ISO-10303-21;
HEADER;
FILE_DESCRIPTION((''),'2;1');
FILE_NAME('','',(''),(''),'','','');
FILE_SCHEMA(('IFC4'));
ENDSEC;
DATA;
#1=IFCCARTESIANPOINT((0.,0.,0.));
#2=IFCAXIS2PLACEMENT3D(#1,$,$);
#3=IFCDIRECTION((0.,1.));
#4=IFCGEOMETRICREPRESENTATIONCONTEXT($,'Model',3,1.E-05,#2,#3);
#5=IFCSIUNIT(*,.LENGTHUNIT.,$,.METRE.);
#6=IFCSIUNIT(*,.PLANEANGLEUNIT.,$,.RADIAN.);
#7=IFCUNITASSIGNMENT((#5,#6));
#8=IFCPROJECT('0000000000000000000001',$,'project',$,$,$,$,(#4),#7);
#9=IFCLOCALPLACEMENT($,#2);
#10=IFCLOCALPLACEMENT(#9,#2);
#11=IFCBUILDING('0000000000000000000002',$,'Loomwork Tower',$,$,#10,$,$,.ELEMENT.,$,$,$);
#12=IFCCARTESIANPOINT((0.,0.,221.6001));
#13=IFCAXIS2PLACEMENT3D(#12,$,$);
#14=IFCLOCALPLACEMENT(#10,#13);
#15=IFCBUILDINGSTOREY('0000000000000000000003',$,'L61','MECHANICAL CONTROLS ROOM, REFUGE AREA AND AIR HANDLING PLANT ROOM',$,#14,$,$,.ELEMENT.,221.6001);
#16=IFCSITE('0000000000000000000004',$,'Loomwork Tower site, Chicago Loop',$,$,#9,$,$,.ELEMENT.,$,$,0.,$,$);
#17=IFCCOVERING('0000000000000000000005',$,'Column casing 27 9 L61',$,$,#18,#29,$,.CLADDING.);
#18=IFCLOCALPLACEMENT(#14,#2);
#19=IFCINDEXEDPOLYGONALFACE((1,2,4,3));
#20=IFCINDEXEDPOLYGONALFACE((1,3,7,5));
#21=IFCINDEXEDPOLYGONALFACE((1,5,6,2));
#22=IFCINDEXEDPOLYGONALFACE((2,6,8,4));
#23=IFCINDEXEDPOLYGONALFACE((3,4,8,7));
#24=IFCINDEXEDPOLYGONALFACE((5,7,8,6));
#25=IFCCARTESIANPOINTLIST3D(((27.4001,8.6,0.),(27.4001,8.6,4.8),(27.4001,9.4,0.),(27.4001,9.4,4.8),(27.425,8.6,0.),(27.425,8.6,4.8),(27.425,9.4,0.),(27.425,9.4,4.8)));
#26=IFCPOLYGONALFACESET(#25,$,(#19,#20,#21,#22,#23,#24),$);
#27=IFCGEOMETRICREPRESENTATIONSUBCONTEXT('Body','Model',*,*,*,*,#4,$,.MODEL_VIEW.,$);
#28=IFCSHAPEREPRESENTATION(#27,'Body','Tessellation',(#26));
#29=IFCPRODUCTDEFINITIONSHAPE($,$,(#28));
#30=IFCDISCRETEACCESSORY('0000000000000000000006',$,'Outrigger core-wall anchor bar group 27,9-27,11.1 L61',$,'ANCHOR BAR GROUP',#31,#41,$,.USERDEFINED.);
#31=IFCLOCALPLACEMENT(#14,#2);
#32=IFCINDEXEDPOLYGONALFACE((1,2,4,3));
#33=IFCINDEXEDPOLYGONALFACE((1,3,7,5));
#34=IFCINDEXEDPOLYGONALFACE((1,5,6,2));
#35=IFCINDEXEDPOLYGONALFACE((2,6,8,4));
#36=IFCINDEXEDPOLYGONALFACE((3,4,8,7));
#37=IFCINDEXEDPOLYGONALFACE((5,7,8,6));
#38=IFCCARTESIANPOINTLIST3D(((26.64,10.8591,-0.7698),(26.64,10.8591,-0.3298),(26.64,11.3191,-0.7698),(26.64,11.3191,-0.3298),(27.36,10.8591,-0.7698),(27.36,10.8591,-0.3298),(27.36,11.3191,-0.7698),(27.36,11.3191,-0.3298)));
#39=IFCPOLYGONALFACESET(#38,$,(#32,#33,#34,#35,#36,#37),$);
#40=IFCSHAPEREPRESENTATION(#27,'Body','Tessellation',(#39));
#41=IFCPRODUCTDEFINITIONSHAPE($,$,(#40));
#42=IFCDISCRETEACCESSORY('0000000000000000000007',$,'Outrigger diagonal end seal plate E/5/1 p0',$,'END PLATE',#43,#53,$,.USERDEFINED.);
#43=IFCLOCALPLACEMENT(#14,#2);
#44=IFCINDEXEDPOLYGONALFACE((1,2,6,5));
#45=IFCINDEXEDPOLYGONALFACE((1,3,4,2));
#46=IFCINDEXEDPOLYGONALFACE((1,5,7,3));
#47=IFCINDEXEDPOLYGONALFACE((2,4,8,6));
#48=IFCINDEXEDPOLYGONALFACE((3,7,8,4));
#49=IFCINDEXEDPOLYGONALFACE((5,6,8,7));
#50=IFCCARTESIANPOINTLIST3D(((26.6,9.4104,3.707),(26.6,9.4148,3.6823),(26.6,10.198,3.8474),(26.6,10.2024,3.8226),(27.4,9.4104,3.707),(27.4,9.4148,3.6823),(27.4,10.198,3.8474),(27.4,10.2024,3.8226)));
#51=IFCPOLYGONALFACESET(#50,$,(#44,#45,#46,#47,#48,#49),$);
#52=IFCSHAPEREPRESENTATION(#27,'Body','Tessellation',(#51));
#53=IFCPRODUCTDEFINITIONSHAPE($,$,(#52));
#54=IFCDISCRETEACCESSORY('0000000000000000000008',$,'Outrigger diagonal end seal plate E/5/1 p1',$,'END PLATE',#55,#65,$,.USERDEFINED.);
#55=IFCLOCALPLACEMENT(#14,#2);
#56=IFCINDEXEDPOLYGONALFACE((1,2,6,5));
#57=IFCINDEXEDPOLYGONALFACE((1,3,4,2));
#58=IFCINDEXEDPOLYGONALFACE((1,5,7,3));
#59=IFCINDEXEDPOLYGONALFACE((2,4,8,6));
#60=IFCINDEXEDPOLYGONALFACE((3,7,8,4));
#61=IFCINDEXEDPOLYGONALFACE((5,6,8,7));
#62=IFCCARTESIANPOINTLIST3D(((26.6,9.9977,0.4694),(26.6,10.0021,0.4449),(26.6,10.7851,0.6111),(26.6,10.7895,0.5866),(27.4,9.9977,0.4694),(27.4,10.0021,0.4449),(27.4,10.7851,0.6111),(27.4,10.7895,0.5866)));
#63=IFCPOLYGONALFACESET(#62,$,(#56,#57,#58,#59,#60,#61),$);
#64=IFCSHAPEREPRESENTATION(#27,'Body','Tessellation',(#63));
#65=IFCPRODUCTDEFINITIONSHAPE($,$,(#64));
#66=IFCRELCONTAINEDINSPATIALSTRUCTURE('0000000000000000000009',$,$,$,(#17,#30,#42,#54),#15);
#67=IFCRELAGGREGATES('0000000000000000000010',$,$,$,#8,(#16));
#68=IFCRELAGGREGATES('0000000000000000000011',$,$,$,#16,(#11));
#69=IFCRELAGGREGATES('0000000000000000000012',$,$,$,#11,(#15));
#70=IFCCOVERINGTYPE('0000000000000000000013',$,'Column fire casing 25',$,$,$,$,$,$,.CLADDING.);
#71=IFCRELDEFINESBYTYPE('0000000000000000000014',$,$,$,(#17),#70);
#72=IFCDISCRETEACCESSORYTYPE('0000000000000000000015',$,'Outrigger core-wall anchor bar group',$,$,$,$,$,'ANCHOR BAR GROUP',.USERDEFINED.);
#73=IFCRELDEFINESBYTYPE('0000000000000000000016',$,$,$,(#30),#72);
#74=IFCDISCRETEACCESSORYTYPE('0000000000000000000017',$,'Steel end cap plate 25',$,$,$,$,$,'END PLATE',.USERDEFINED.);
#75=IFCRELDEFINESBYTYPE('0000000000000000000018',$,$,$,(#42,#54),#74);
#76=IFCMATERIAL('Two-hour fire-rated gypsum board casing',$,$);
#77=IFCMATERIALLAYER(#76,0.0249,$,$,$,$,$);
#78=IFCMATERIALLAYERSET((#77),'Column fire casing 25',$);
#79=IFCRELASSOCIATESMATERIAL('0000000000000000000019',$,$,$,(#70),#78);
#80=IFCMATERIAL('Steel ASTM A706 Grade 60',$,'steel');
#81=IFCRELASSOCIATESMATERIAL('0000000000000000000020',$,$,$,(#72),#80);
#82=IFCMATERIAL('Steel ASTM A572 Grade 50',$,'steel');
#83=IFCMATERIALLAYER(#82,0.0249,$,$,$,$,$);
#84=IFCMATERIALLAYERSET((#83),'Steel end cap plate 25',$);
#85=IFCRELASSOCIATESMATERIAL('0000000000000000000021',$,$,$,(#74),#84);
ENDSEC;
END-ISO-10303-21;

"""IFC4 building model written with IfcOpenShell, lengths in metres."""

from ifc_helpers import new_model, si_unit, direction, frame, origin, origin_2d, place, context, subcontext, project, spatial, rectangle, extrude, material, layer, layer_set, type_object, element, save


model = new_model("IFC4")

# Units and contexts
model_context = context("Model", 3, precision=1e-05, world=origin(), true_north=direction((0.0, 1.0)))
body_context = subcontext(model_context, "Body", "Model", "MODEL_VIEW")
ifc_project = project(units=[si_unit("LENGTHUNIT", "METRE"), si_unit("PLANEANGLEUNIT", "RADIAN")], contexts=[model_context])

# Site, building, storey
site_placement = place(None, origin())
site = spatial("IfcSite", under=ifc_project, at=site_placement, Name="Loomwork Tower site, Chicago Loop", CompositionType="ELEMENT", RefElevation=0.0)
building_placement = place(site_placement, origin())
building = spatial("IfcBuilding", under=site, at=building_placement, Name="Loomwork Tower", CompositionType="ELEMENT")
storey_placement = place(building_placement, frame((0.0, 0.0, 221.6001)))
storey = spatial("IfcBuildingStorey", under=building, at=storey_placement, Name="L61", Description="MECHANICAL CONTROLS ROOM, REFUGE AREA AND AIR HANDLING PLANT ROOM", CompositionType="ELEMENT", Elevation=221.6001)

# Covering
ifc_material_1 = material(Name="Two-hour fire-rated gypsum board casing")
ifc_layer_1 = layer(ifc_material_1, 0.0249)
ifc_layer_set_1 = layer_set([ifc_layer_1], Name="Column fire casing 25")
covering_type = type_object("IfcCoveringType", Name="Column fire casing 25", PredefinedType="CLADDING", material=ifc_layer_set_1)
covering_1_placement = place(storey_placement, frame((27.4126, 9.0, 0.0), z_axis=(0.0, 0.0, 1.0), x_axis=(1.0, 0.0, 0.0)))
element("IfcCovering", 1, at=covering_1_placement, inside=storey, type_object=covering_type, Name="Column casing 27 9 L61", PredefinedType="CLADDING", context=body_context, shape_type="SweptSolid", body=[
    extrude(rectangle(XDim=0.0249, YDim=0.8, at=origin_2d()), origin(), (0.0, 0.0, 1.0), 4.8),
])

# Discrete accessories
ifc_material_2 = material(Name="Steel ASTM A706 Grade 60", Category="steel")
discrete_accessory_type_1 = type_object("IfcDiscreteAccessoryType", Name="Outrigger core-wall anchor bar group", ElementType="ANCHOR BAR GROUP", PredefinedType="USERDEFINED", material=ifc_material_2)
discrete_accessory_1_placement = place(storey_placement, frame((27.0, 11.0891, -0.7698), z_axis=(0.0, 0.0, 1.0), x_axis=(1.0, 0.0, 0.0)))
element("IfcDiscreteAccessory", 2, at=discrete_accessory_1_placement, inside=storey, type_object=discrete_accessory_type_1, Name="Outrigger core-wall anchor bar group 27,9-27,11.1 L61", ObjectType="ANCHOR BAR GROUP", PredefinedType="USERDEFINED", context=body_context, shape_type="SweptSolid", body=[
    extrude(rectangle(XDim=0.72, YDim=0.46, at=origin_2d()), origin(), (0.0, 0.0, 1.0), 0.4399),
])
ifc_material_3 = material(Name="Steel ASTM A572 Grade 50", Category="steel")
ifc_layer_2 = layer(ifc_material_3, 0.0249)
ifc_layer_set_2 = layer_set([ifc_layer_2], Name="Steel end cap plate 25")
discrete_accessory_type_2 = type_object("IfcDiscreteAccessoryType", Name="Steel end cap plate 25", ElementType="END PLATE", PredefinedType="USERDEFINED", material=ifc_layer_set_2)
discrete_accessory_2_placement = place(storey_placement, frame((27.0, 9.8086, 3.7524), z_axis=(0.0, -0.175453, 0.984488), x_axis=(1.0, 0.0, 0.0)))
element("IfcDiscreteAccessory", 3, at=discrete_accessory_2_placement, inside=storey, type_object=discrete_accessory_type_2, Name="Outrigger diagonal end seal plate E/5/1 p0", ObjectType="END PLATE", PredefinedType="USERDEFINED", context=body_context, shape_type="SweptSolid", body=[
    extrude(rectangle(XDim=0.8, YDim=0.8, at=origin_2d()), origin(), (0.0, 0.0, 1.0), 0.0251),
])
discrete_accessory_3_placement = place(storey_placement, frame((27.0, 10.3914, 0.5403), z_axis=(0.0, 0.177153, -0.984183), x_axis=(-1.0, 0.0, 0.0)))
element("IfcDiscreteAccessory", 4, at=discrete_accessory_3_placement, inside=storey, type_object=discrete_accessory_type_2, Name="Outrigger diagonal end seal plate E/5/1 p1", ObjectType="END PLATE", PredefinedType="USERDEFINED", context=body_context, shape_type="SweptSolid", body=[
    extrude(rectangle(XDim=0.8, YDim=0.8, at=origin_2d()), origin(), (0.0, 0.0, 1.0), 0.0249),
])

save(model, "model.ifc")
